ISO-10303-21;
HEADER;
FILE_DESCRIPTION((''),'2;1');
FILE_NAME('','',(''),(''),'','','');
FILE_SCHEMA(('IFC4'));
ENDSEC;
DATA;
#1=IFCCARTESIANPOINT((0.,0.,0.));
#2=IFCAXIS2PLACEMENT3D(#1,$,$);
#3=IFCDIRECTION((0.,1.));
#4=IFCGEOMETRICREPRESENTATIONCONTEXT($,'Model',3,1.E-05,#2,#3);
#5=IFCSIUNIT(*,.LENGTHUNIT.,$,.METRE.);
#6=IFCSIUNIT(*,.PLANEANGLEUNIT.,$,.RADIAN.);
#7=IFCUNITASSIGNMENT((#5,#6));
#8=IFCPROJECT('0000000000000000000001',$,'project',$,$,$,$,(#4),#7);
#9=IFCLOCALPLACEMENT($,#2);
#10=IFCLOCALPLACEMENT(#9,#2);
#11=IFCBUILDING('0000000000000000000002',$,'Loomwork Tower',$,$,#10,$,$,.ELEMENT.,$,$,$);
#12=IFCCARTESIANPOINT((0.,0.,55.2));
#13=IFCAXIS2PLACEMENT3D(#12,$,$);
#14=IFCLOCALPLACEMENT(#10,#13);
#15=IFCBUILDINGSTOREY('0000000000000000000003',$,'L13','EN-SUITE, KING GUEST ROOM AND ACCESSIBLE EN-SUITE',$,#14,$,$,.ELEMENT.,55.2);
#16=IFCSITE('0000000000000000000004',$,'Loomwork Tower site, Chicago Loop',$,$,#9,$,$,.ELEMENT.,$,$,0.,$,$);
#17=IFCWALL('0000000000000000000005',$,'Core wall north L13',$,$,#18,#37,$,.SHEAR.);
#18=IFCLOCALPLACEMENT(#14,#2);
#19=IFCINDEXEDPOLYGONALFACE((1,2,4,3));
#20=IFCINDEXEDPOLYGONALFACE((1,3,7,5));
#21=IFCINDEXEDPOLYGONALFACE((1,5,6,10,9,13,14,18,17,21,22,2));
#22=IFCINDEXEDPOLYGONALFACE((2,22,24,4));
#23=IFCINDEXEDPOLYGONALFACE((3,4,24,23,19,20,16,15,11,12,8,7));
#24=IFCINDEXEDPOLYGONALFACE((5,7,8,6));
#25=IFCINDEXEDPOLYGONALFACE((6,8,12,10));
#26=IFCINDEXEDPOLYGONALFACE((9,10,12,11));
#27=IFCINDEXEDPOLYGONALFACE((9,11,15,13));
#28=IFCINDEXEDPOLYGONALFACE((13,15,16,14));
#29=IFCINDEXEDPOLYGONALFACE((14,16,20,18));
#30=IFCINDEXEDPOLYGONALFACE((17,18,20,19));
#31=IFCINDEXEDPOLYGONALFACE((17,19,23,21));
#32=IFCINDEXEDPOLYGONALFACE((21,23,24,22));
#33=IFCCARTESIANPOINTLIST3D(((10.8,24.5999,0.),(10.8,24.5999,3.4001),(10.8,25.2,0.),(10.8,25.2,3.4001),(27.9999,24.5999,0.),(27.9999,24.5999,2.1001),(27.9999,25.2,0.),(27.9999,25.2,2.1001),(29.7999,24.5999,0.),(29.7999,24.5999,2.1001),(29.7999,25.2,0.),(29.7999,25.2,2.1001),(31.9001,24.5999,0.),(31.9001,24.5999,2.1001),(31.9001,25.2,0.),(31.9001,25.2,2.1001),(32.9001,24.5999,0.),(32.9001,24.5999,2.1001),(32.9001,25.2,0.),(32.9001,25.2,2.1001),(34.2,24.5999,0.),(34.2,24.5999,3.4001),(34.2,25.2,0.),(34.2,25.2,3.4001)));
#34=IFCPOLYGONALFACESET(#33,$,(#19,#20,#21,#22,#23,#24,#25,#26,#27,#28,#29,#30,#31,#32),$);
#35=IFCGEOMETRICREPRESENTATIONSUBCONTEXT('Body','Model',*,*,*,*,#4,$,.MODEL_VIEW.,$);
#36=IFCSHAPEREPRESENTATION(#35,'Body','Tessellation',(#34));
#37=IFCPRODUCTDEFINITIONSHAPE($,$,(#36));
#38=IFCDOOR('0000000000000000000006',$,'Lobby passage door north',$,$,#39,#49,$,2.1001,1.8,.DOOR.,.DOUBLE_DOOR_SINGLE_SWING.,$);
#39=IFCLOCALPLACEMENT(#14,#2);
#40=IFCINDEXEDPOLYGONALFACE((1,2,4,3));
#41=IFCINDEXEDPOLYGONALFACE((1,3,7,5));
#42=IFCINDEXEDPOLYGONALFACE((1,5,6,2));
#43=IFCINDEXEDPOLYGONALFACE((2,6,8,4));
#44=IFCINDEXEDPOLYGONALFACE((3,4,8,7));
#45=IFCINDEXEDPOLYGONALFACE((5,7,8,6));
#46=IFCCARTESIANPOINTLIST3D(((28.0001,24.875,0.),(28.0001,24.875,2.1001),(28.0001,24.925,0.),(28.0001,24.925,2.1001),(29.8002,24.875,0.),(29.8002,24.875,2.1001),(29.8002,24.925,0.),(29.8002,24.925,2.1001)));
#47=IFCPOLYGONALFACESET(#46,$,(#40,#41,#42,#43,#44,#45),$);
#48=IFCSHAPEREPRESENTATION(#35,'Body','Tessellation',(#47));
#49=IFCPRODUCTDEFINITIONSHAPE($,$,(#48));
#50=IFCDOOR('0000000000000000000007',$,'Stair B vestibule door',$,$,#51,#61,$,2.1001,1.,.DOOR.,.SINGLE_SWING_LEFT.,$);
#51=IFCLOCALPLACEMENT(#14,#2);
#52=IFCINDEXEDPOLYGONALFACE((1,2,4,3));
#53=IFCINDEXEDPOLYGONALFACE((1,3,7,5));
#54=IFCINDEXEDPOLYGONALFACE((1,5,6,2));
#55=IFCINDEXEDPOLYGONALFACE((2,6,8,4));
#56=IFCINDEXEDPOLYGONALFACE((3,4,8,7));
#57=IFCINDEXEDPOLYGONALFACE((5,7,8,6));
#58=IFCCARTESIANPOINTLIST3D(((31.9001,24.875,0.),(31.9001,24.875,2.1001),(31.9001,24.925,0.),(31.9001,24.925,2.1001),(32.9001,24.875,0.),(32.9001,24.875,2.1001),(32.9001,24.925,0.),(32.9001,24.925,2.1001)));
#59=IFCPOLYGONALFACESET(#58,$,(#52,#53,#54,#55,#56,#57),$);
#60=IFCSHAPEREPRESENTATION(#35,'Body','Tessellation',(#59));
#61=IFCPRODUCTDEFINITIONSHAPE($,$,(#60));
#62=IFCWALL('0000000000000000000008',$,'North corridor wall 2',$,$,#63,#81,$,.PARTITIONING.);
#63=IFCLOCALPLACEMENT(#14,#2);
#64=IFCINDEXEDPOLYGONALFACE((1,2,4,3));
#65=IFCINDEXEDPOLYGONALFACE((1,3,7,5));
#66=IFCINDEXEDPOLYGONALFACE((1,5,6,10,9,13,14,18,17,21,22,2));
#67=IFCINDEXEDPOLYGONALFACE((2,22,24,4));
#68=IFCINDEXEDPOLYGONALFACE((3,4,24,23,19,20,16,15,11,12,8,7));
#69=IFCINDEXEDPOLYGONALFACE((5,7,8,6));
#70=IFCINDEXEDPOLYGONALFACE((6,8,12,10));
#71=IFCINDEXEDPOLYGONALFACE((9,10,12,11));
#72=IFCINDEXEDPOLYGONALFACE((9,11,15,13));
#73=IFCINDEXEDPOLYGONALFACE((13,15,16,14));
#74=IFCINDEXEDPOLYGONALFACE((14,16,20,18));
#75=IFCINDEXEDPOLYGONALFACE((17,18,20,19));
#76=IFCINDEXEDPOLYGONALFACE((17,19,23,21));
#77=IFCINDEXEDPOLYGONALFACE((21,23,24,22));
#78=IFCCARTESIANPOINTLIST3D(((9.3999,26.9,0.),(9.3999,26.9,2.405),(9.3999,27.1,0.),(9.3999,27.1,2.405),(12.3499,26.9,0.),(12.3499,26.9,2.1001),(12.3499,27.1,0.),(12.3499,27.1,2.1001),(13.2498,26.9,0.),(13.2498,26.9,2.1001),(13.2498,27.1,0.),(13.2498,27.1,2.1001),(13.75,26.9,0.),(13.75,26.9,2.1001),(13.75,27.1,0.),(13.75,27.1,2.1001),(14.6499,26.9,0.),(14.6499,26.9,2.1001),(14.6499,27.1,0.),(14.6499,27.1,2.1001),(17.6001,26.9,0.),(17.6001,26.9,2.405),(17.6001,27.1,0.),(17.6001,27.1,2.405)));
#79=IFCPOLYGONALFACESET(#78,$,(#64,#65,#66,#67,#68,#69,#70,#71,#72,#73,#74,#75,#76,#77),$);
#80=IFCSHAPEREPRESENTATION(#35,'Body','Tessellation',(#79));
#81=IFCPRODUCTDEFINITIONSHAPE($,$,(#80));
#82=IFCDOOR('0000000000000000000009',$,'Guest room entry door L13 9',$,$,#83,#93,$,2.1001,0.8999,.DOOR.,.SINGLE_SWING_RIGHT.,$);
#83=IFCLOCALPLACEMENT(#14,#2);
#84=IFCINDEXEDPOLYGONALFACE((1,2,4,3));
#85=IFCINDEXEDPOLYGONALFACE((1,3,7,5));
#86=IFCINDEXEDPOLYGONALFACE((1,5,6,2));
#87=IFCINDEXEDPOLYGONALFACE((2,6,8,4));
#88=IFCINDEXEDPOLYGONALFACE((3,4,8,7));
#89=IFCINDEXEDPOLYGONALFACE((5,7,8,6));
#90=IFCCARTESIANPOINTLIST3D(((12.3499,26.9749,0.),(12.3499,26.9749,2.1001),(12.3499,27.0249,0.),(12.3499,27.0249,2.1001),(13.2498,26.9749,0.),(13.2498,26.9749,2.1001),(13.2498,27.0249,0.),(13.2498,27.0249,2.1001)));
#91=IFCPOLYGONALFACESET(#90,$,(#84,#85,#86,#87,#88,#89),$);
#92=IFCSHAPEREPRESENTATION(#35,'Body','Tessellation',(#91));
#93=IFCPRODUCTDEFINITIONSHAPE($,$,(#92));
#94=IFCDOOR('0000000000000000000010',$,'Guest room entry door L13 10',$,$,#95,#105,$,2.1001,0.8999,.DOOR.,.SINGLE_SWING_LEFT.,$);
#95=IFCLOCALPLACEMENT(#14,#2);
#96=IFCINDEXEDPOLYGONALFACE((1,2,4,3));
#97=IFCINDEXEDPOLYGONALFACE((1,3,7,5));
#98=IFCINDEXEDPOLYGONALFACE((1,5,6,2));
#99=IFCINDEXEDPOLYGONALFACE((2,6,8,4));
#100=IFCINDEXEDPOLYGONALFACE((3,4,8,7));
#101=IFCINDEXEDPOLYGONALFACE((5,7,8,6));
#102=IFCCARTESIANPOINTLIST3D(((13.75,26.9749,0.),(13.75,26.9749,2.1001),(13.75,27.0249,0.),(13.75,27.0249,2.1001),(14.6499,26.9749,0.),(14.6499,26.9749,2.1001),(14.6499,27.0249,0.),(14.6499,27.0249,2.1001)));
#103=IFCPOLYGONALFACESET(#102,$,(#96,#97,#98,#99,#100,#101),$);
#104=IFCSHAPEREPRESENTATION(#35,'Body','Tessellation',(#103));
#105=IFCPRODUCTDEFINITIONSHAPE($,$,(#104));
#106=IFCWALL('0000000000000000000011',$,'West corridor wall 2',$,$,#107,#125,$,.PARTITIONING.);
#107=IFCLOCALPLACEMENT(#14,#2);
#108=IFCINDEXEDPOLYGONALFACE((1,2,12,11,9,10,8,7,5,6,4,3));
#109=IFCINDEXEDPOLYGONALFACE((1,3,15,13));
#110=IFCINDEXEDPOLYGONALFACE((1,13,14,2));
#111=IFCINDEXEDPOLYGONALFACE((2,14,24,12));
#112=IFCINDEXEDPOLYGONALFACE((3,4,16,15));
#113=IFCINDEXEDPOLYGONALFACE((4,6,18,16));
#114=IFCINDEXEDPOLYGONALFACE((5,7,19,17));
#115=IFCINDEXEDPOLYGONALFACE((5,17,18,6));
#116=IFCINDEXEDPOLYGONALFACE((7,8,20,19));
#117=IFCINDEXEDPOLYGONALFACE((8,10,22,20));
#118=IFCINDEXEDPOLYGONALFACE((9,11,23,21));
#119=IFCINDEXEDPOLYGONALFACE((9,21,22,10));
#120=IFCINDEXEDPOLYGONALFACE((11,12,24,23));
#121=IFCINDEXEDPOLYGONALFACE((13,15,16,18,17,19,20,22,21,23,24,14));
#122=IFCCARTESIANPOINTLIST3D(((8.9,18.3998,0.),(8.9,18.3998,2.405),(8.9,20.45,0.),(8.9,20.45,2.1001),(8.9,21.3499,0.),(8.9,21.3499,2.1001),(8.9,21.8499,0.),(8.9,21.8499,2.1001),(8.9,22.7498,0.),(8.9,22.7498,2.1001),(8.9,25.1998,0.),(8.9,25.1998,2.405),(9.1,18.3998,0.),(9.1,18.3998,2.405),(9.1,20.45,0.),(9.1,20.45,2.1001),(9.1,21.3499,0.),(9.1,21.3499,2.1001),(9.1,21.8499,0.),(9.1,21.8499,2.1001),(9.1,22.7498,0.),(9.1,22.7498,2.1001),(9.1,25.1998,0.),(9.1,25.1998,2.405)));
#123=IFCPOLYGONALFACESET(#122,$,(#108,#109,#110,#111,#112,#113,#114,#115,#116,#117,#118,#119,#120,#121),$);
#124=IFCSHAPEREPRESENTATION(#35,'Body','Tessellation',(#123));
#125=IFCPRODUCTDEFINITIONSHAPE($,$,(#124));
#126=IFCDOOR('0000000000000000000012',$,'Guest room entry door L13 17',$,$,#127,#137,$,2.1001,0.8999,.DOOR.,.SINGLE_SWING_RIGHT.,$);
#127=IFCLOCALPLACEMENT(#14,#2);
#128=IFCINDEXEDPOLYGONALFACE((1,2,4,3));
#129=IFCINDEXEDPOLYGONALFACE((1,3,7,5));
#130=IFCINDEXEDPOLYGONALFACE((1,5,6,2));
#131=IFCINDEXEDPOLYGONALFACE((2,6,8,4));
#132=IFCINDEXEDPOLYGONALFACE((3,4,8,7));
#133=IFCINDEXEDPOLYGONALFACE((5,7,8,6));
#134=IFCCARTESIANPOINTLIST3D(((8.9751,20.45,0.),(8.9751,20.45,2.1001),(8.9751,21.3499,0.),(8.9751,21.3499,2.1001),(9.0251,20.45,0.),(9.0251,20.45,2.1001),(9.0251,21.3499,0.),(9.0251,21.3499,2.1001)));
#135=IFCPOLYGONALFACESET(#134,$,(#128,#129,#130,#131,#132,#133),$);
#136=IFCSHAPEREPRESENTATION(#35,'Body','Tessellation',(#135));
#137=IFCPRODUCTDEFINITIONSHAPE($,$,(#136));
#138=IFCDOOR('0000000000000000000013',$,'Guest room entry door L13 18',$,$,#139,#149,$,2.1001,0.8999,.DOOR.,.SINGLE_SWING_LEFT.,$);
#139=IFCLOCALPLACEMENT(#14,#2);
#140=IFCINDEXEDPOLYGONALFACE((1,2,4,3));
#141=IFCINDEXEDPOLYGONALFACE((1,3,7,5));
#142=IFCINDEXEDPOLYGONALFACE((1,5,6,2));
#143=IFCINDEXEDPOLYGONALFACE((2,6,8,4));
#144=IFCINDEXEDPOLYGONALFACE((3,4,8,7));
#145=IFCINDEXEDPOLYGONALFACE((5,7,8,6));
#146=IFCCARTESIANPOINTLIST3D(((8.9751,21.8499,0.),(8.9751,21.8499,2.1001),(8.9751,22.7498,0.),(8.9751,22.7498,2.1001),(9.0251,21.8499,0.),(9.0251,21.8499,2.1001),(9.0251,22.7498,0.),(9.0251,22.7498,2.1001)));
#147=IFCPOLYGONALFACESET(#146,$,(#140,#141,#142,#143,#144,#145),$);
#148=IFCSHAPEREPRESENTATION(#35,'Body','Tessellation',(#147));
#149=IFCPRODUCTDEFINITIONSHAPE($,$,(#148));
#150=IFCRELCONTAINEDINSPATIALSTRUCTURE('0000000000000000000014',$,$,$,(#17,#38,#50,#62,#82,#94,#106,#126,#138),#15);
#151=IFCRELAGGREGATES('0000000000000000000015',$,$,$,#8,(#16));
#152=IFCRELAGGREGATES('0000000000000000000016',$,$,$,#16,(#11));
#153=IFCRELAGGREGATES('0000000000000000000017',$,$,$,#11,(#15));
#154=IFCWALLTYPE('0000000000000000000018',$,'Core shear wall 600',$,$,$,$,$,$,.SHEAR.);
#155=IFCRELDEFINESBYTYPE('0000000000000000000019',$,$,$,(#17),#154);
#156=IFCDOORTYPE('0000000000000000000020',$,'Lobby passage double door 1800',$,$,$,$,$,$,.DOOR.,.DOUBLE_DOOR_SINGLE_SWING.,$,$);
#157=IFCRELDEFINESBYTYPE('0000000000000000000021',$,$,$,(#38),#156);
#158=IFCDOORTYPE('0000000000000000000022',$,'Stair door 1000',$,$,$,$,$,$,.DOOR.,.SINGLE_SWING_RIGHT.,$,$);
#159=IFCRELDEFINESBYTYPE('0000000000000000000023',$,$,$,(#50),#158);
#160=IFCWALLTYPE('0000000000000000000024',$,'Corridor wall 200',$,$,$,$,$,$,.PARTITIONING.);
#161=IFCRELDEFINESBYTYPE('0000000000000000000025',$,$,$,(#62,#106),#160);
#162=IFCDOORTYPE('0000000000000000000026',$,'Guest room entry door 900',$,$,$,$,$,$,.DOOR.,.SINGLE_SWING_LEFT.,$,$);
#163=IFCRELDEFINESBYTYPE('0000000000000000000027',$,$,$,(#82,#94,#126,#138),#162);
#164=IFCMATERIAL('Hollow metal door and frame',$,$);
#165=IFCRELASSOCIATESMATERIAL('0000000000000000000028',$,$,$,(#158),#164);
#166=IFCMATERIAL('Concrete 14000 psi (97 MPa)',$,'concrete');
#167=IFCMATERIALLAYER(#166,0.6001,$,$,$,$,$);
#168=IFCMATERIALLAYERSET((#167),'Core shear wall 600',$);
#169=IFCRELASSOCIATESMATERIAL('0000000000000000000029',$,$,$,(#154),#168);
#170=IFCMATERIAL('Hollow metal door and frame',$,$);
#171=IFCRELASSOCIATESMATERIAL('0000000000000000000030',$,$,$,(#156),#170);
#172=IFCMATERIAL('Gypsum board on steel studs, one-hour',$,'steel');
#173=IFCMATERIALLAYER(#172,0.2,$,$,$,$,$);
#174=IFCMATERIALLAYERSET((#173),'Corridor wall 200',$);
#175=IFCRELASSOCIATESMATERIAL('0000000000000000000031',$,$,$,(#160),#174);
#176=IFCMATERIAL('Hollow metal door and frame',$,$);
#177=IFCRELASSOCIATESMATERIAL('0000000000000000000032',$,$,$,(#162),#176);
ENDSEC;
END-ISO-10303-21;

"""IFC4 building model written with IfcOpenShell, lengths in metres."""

from ifc_helpers import new_model, si_unit, direction, frame, frame_2d, origin, place, context, subcontext, project, spatial, rectangle, extrude, material, layer, layer_set, type_object, element, fill, save


model = new_model("IFC4")

# Units and contexts
model_context = context("Model", 3, precision=1e-05, world=origin(), true_north=direction((0.0, 1.0)))
body_context = subcontext(model_context, "Body", "Model", "MODEL_VIEW")
ifc_project = project(units=[si_unit("LENGTHUNIT", "METRE"), si_unit("PLANEANGLEUNIT", "RADIAN")], contexts=[model_context])

# Site, building, storey
site_placement = place(None, origin())
site = spatial("IfcSite", under=ifc_project, at=site_placement, Name="Loomwork Tower site, Chicago Loop", CompositionType="ELEMENT", RefElevation=0.0)
building_placement = place(site_placement, origin())
building = spatial("IfcBuilding", under=site, at=building_placement, Name="Loomwork Tower", CompositionType="ELEMENT")
storey_placement = place(building_placement, frame((0.0, 0.0, 55.2)))
storey = spatial("IfcBuildingStorey", under=building, at=storey_placement, Name="L13", Description="EN-SUITE, KING GUEST ROOM AND ACCESSIBLE EN-SUITE", CompositionType="ELEMENT", Elevation=55.2)

# Shared definitions
ifc_material_1 = material(Name="Hollow metal door and frame")
door_type_1 = type_object("IfcDoorType", Name="Stair door 1000", OperationType="SINGLE_SWING_RIGHT", PredefinedType="DOOR", material=ifc_material_1)

# Walls, openings, doors
ifc_material_2 = material(Name="Concrete 14000 psi (97 MPa)", Category="concrete")
ifc_layer_1 = layer(ifc_material_2, 0.6001)
ifc_layer_set_1 = layer_set([ifc_layer_1], Name="Core shear wall 600")
wall_type_1 = type_object("IfcWallType", Name="Core shear wall 600", PredefinedType="SHEAR", material=ifc_layer_set_1)
wall_1_placement = place(storey_placement, frame((10.8, 24.8999, 0.0), z_axis=(0.0, 0.0, 1.0), x_axis=(1.0, 0.0, 0.0)))
wall_1 = element("IfcWall", 1, at=wall_1_placement, inside=storey, type_object=wall_type_1, Name="Core wall north L13", PredefinedType="SHEAR", context=body_context, shape_type="SweptSolid", body=[
    extrude(rectangle(XDim=23.3999, YDim=0.6001, at=frame_2d((11.7, 0.0))), origin(), (0.0, 0.0, 1.0), 3.4001),
])
opening_1_placement = place(wall_1_placement, frame((17.2, 0.0, 0.0)))
opening_1 = element("IfcOpeningElement", 2, at=opening_1_placement, cuts=wall_1, PredefinedType="OPENING", context=body_context, shape_type="SweptSolid", body=[
    extrude(rectangle(XDim=1.8, YDim=2.1001, at=frame_2d((0.8999, 1.05))), frame((0.0, 0.3101, 0.0), z_axis=(0.0, -1.0, 0.0), x_axis=(1.0, 0.0, 0.0)), (0.0, 0.0, 1.0), 0.6201),
])
opening_2_placement = place(wall_1_placement, frame((21.1001, 0.0, 0.0)))
opening_2 = element("IfcOpeningElement", 3, at=opening_2_placement, cuts=wall_1, PredefinedType="OPENING", context=body_context, shape_type="SweptSolid", body=[
    extrude(rectangle(XDim=1.0, YDim=2.1001, at=frame_2d((0.5, 1.05))), frame((0.0, 0.3101, 0.0), z_axis=(0.0, -1.0, 0.0), x_axis=(1.0, 0.0, 0.0)), (0.0, 0.0, 1.0), 0.6201),
])
ifc_material_3 = material(Name="Hollow metal door and frame")
door_type_2 = type_object("IfcDoorType", Name="Lobby passage double door 1800", OperationType="DOUBLE_DOOR_SINGLE_SWING", PredefinedType="DOOR", material=ifc_material_3)
door_1_placement = place(opening_1_placement, frame((1.8, 0.0, 0.0), z_axis=(0.0, 0.0, 1.0), x_axis=(-1.0, 0.0, 0.0)))
door_1 = element("IfcDoor", 4, at=door_1_placement, inside=storey, type_object=door_type_2, Name="Lobby passage door north", OperationType="DOUBLE_DOOR_SINGLE_SWING", OverallHeight=2.1001, OverallWidth=1.8, PredefinedType="DOOR", context=body_context, shape_type="SweptSolid", body=[
    extrude(rectangle(XDim=1.8, YDim=2.1001, at=frame_2d((0.8999, 1.05))), frame((0.0, 0.0249, 0.0), z_axis=(0.0, -1.0, 0.0), x_axis=(1.0, 0.0, 0.0)), (0.0, 0.0, 1.0), 0.05),
])
fill(opening_1, door_1)
door_2_placement = place(opening_2_placement, frame((1.0, 0.0, 0.0), z_axis=(0.0, 0.0, 1.0), x_axis=(-1.0, 0.0, 0.0)))
door_2 = element("IfcDoor", 5, at=door_2_placement, inside=storey, type_object=door_type_1, Name="Stair B vestibule door", OperationType="SINGLE_SWING_LEFT", OverallHeight=2.1001, OverallWidth=1.0, PredefinedType="DOOR", context=body_context, shape_type="SweptSolid", body=[
    extrude(rectangle(XDim=1.0, YDim=2.1001, at=frame_2d((0.5, 1.05))), frame((0.0, 0.0249, 0.0), z_axis=(0.0, -1.0, 0.0), x_axis=(1.0, 0.0, 0.0)), (0.0, 0.0, 1.0), 0.05),
])
fill(opening_2, door_2)
ifc_material_4 = material(Name="Gypsum board on steel studs, one-hour", Category="steel")
ifc_layer_2 = layer(ifc_material_4, 0.2)
ifc_layer_set_2 = layer_set([ifc_layer_2], Name="Corridor wall 200")
wall_type_2 = type_object("IfcWallType", Name="Corridor wall 200", PredefinedType="PARTITIONING", material=ifc_layer_set_2)
wall_2_placement = place(storey_placement, frame((9.3999, 27.0, 0.0), z_axis=(0.0, 0.0, 1.0), x_axis=(1.0, 0.0, 0.0)))
wall_2 = element("IfcWall", 6, at=wall_2_placement, inside=storey, type_object=wall_type_2, Name="North corridor wall 2", PredefinedType="PARTITIONING", context=body_context, shape_type="SweptSolid", body=[
    extrude(rectangle(XDim=8.2002, YDim=0.2, at=frame_2d((4.1001, 0.0))), origin(), (0.0, 0.0, 1.0), 2.405),
])
opening_3_placement = place(wall_2_placement, frame((2.95, 0.0, 0.0)))
opening_3 = element("IfcOpeningElement", 7, at=opening_3_placement, cuts=wall_2, PredefinedType="OPENING", context=body_context, shape_type="SweptSolid", body=[
    extrude(rectangle(XDim=0.8999, YDim=2.1001, at=frame_2d((0.45, 1.05))), frame((0.0, 0.1099, 0.0), z_axis=(0.0, -1.0, 0.0), x_axis=(1.0, 0.0, 0.0)), (0.0, 0.0, 1.0), 0.22),
])
opening_4_placement = place(wall_2_placement, frame((4.3501, 0.0, 0.0)))
opening_4 = element("IfcOpeningElement", 8, at=opening_4_placement, cuts=wall_2, PredefinedType="OPENING", context=body_context, shape_type="SweptSolid", body=[
    extrude(rectangle(XDim=0.8999, YDim=2.1001, at=frame_2d((0.45, 1.05))), frame((0.0, 0.1099, 0.0), z_axis=(0.0, -1.0, 0.0), x_axis=(1.0, 0.0, 0.0)), (0.0, 0.0, 1.0), 0.22),
])
ifc_material_5 = material(Name="Hollow metal door and frame")
door_type_3 = type_object("IfcDoorType", Name="Guest room entry door 900", OperationType="SINGLE_SWING_LEFT", PredefinedType="DOOR", material=ifc_material_5)
door_3_placement = place(opening_3_placement, origin())
door_3 = element("IfcDoor", 9, at=door_3_placement, inside=storey, type_object=door_type_3, Name="Guest room entry door L13 9", OperationType="SINGLE_SWING_RIGHT", OverallHeight=2.1001, OverallWidth=0.8999, PredefinedType="DOOR", context=body_context, shape_type="SweptSolid", body=[
    extrude(rectangle(XDim=0.8999, YDim=2.1001, at=frame_2d((0.45, 1.05))), frame((0.0, 0.0249, 0.0), z_axis=(0.0, -1.0, 0.0), x_axis=(1.0, 0.0, 0.0)), (0.0, 0.0, 1.0), 0.05),
])
fill(opening_3, door_3)
door_4_placement = place(opening_4_placement, origin())
door_4 = element("IfcDoor", 10, at=door_4_placement, inside=storey, type_object=door_type_3, Name="Guest room entry door L13 10", OperationType="SINGLE_SWING_LEFT", OverallHeight=2.1001, OverallWidth=0.8999, PredefinedType="DOOR", context=body_context, shape_type="SweptSolid", body=[
    extrude(rectangle(XDim=0.8999, YDim=2.1001, at=frame_2d((0.45, 1.05))), frame((0.0, 0.0249, 0.0), z_axis=(0.0, -1.0, 0.0), x_axis=(1.0, 0.0, 0.0)), (0.0, 0.0, 1.0), 0.05),
])
fill(opening_4, door_4)
wall_3_placement = place(storey_placement, frame((9.0, 18.3999, 0.0), z_axis=(0.0, 0.0, 1.0), x_axis=(0.0, 1.0, 0.0)))
wall_3 = element("IfcWall", 11, at=wall_3_placement, inside=storey, type_object=wall_type_2, Name="West corridor wall 2", PredefinedType="PARTITIONING", context=body_context, shape_type="SweptSolid", body=[
    extrude(rectangle(XDim=6.8, YDim=0.2, at=frame_2d((3.3999, 0.0))), origin(), (0.0, 0.0, 1.0), 2.405),
])
opening_5_placement = place(wall_3_placement, frame((2.05, 0.0, 0.0)))
opening_5 = element("IfcOpeningElement", 12, at=opening_5_placement, cuts=wall_3, PredefinedType="OPENING", context=body_context, shape_type="SweptSolid", body=[
    extrude(rectangle(XDim=0.8999, YDim=2.1001, at=frame_2d((0.45, 1.05))), frame((0.0, 0.1099, 0.0), z_axis=(0.0, -1.0, 0.0), x_axis=(1.0, 0.0, 0.0)), (0.0, 0.0, 1.0), 0.22),
])
opening_6_placement = place(wall_3_placement, frame((3.45, 0.0, 0.0)))
opening_6 = element("IfcOpeningElement", 13, at=opening_6_placement, cuts=wall_3, PredefinedType="OPENING", context=body_context, shape_type="SweptSolid", body=[
    extrude(rectangle(XDim=0.8999, YDim=2.1001, at=frame_2d((0.45, 1.05))), frame((0.0, 0.1099, 0.0), z_axis=(0.0, -1.0, 0.0), x_axis=(1.0, 0.0, 0.0)), (0.0, 0.0, 1.0), 0.22),
])
door_5_placement = place(opening_5_placement, origin())
door_5 = element("IfcDoor", 14, at=door_5_placement, inside=storey, type_object=door_type_3, Name="Guest room entry door L13 17", OperationType="SINGLE_SWING_RIGHT", OverallHeight=2.1001, OverallWidth=0.8999, PredefinedType="DOOR", context=body_context, shape_type="SweptSolid", body=[
    extrude(rectangle(XDim=0.8999, YDim=2.1001, at=frame_2d((0.45, 1.05))), frame((0.0, 0.0249, 0.0), z_axis=(0.0, -1.0, 0.0), x_axis=(1.0, 0.0, 0.0)), (0.0, 0.0, 1.0), 0.05),
])
fill(opening_5, door_5)
door_6_placement = place(opening_6_placement, origin())
door_6 = element("IfcDoor", 15, at=door_6_placement, inside=storey, type_object=door_type_3, Name="Guest room entry door L13 18", OperationType="SINGLE_SWING_LEFT", OverallHeight=2.1001, OverallWidth=0.8999, PredefinedType="DOOR", context=body_context, shape_type="SweptSolid", body=[
    extrude(rectangle(XDim=0.8999, YDim=2.1001, at=frame_2d((0.45, 1.05))), frame((0.0, 0.0249, 0.0), z_axis=(0.0, -1.0, 0.0), x_axis=(1.0, 0.0, 0.0)), (0.0, 0.0, 1.0), 0.05),
])
fill(opening_6, door_6)

save(model, "model.ifc")
